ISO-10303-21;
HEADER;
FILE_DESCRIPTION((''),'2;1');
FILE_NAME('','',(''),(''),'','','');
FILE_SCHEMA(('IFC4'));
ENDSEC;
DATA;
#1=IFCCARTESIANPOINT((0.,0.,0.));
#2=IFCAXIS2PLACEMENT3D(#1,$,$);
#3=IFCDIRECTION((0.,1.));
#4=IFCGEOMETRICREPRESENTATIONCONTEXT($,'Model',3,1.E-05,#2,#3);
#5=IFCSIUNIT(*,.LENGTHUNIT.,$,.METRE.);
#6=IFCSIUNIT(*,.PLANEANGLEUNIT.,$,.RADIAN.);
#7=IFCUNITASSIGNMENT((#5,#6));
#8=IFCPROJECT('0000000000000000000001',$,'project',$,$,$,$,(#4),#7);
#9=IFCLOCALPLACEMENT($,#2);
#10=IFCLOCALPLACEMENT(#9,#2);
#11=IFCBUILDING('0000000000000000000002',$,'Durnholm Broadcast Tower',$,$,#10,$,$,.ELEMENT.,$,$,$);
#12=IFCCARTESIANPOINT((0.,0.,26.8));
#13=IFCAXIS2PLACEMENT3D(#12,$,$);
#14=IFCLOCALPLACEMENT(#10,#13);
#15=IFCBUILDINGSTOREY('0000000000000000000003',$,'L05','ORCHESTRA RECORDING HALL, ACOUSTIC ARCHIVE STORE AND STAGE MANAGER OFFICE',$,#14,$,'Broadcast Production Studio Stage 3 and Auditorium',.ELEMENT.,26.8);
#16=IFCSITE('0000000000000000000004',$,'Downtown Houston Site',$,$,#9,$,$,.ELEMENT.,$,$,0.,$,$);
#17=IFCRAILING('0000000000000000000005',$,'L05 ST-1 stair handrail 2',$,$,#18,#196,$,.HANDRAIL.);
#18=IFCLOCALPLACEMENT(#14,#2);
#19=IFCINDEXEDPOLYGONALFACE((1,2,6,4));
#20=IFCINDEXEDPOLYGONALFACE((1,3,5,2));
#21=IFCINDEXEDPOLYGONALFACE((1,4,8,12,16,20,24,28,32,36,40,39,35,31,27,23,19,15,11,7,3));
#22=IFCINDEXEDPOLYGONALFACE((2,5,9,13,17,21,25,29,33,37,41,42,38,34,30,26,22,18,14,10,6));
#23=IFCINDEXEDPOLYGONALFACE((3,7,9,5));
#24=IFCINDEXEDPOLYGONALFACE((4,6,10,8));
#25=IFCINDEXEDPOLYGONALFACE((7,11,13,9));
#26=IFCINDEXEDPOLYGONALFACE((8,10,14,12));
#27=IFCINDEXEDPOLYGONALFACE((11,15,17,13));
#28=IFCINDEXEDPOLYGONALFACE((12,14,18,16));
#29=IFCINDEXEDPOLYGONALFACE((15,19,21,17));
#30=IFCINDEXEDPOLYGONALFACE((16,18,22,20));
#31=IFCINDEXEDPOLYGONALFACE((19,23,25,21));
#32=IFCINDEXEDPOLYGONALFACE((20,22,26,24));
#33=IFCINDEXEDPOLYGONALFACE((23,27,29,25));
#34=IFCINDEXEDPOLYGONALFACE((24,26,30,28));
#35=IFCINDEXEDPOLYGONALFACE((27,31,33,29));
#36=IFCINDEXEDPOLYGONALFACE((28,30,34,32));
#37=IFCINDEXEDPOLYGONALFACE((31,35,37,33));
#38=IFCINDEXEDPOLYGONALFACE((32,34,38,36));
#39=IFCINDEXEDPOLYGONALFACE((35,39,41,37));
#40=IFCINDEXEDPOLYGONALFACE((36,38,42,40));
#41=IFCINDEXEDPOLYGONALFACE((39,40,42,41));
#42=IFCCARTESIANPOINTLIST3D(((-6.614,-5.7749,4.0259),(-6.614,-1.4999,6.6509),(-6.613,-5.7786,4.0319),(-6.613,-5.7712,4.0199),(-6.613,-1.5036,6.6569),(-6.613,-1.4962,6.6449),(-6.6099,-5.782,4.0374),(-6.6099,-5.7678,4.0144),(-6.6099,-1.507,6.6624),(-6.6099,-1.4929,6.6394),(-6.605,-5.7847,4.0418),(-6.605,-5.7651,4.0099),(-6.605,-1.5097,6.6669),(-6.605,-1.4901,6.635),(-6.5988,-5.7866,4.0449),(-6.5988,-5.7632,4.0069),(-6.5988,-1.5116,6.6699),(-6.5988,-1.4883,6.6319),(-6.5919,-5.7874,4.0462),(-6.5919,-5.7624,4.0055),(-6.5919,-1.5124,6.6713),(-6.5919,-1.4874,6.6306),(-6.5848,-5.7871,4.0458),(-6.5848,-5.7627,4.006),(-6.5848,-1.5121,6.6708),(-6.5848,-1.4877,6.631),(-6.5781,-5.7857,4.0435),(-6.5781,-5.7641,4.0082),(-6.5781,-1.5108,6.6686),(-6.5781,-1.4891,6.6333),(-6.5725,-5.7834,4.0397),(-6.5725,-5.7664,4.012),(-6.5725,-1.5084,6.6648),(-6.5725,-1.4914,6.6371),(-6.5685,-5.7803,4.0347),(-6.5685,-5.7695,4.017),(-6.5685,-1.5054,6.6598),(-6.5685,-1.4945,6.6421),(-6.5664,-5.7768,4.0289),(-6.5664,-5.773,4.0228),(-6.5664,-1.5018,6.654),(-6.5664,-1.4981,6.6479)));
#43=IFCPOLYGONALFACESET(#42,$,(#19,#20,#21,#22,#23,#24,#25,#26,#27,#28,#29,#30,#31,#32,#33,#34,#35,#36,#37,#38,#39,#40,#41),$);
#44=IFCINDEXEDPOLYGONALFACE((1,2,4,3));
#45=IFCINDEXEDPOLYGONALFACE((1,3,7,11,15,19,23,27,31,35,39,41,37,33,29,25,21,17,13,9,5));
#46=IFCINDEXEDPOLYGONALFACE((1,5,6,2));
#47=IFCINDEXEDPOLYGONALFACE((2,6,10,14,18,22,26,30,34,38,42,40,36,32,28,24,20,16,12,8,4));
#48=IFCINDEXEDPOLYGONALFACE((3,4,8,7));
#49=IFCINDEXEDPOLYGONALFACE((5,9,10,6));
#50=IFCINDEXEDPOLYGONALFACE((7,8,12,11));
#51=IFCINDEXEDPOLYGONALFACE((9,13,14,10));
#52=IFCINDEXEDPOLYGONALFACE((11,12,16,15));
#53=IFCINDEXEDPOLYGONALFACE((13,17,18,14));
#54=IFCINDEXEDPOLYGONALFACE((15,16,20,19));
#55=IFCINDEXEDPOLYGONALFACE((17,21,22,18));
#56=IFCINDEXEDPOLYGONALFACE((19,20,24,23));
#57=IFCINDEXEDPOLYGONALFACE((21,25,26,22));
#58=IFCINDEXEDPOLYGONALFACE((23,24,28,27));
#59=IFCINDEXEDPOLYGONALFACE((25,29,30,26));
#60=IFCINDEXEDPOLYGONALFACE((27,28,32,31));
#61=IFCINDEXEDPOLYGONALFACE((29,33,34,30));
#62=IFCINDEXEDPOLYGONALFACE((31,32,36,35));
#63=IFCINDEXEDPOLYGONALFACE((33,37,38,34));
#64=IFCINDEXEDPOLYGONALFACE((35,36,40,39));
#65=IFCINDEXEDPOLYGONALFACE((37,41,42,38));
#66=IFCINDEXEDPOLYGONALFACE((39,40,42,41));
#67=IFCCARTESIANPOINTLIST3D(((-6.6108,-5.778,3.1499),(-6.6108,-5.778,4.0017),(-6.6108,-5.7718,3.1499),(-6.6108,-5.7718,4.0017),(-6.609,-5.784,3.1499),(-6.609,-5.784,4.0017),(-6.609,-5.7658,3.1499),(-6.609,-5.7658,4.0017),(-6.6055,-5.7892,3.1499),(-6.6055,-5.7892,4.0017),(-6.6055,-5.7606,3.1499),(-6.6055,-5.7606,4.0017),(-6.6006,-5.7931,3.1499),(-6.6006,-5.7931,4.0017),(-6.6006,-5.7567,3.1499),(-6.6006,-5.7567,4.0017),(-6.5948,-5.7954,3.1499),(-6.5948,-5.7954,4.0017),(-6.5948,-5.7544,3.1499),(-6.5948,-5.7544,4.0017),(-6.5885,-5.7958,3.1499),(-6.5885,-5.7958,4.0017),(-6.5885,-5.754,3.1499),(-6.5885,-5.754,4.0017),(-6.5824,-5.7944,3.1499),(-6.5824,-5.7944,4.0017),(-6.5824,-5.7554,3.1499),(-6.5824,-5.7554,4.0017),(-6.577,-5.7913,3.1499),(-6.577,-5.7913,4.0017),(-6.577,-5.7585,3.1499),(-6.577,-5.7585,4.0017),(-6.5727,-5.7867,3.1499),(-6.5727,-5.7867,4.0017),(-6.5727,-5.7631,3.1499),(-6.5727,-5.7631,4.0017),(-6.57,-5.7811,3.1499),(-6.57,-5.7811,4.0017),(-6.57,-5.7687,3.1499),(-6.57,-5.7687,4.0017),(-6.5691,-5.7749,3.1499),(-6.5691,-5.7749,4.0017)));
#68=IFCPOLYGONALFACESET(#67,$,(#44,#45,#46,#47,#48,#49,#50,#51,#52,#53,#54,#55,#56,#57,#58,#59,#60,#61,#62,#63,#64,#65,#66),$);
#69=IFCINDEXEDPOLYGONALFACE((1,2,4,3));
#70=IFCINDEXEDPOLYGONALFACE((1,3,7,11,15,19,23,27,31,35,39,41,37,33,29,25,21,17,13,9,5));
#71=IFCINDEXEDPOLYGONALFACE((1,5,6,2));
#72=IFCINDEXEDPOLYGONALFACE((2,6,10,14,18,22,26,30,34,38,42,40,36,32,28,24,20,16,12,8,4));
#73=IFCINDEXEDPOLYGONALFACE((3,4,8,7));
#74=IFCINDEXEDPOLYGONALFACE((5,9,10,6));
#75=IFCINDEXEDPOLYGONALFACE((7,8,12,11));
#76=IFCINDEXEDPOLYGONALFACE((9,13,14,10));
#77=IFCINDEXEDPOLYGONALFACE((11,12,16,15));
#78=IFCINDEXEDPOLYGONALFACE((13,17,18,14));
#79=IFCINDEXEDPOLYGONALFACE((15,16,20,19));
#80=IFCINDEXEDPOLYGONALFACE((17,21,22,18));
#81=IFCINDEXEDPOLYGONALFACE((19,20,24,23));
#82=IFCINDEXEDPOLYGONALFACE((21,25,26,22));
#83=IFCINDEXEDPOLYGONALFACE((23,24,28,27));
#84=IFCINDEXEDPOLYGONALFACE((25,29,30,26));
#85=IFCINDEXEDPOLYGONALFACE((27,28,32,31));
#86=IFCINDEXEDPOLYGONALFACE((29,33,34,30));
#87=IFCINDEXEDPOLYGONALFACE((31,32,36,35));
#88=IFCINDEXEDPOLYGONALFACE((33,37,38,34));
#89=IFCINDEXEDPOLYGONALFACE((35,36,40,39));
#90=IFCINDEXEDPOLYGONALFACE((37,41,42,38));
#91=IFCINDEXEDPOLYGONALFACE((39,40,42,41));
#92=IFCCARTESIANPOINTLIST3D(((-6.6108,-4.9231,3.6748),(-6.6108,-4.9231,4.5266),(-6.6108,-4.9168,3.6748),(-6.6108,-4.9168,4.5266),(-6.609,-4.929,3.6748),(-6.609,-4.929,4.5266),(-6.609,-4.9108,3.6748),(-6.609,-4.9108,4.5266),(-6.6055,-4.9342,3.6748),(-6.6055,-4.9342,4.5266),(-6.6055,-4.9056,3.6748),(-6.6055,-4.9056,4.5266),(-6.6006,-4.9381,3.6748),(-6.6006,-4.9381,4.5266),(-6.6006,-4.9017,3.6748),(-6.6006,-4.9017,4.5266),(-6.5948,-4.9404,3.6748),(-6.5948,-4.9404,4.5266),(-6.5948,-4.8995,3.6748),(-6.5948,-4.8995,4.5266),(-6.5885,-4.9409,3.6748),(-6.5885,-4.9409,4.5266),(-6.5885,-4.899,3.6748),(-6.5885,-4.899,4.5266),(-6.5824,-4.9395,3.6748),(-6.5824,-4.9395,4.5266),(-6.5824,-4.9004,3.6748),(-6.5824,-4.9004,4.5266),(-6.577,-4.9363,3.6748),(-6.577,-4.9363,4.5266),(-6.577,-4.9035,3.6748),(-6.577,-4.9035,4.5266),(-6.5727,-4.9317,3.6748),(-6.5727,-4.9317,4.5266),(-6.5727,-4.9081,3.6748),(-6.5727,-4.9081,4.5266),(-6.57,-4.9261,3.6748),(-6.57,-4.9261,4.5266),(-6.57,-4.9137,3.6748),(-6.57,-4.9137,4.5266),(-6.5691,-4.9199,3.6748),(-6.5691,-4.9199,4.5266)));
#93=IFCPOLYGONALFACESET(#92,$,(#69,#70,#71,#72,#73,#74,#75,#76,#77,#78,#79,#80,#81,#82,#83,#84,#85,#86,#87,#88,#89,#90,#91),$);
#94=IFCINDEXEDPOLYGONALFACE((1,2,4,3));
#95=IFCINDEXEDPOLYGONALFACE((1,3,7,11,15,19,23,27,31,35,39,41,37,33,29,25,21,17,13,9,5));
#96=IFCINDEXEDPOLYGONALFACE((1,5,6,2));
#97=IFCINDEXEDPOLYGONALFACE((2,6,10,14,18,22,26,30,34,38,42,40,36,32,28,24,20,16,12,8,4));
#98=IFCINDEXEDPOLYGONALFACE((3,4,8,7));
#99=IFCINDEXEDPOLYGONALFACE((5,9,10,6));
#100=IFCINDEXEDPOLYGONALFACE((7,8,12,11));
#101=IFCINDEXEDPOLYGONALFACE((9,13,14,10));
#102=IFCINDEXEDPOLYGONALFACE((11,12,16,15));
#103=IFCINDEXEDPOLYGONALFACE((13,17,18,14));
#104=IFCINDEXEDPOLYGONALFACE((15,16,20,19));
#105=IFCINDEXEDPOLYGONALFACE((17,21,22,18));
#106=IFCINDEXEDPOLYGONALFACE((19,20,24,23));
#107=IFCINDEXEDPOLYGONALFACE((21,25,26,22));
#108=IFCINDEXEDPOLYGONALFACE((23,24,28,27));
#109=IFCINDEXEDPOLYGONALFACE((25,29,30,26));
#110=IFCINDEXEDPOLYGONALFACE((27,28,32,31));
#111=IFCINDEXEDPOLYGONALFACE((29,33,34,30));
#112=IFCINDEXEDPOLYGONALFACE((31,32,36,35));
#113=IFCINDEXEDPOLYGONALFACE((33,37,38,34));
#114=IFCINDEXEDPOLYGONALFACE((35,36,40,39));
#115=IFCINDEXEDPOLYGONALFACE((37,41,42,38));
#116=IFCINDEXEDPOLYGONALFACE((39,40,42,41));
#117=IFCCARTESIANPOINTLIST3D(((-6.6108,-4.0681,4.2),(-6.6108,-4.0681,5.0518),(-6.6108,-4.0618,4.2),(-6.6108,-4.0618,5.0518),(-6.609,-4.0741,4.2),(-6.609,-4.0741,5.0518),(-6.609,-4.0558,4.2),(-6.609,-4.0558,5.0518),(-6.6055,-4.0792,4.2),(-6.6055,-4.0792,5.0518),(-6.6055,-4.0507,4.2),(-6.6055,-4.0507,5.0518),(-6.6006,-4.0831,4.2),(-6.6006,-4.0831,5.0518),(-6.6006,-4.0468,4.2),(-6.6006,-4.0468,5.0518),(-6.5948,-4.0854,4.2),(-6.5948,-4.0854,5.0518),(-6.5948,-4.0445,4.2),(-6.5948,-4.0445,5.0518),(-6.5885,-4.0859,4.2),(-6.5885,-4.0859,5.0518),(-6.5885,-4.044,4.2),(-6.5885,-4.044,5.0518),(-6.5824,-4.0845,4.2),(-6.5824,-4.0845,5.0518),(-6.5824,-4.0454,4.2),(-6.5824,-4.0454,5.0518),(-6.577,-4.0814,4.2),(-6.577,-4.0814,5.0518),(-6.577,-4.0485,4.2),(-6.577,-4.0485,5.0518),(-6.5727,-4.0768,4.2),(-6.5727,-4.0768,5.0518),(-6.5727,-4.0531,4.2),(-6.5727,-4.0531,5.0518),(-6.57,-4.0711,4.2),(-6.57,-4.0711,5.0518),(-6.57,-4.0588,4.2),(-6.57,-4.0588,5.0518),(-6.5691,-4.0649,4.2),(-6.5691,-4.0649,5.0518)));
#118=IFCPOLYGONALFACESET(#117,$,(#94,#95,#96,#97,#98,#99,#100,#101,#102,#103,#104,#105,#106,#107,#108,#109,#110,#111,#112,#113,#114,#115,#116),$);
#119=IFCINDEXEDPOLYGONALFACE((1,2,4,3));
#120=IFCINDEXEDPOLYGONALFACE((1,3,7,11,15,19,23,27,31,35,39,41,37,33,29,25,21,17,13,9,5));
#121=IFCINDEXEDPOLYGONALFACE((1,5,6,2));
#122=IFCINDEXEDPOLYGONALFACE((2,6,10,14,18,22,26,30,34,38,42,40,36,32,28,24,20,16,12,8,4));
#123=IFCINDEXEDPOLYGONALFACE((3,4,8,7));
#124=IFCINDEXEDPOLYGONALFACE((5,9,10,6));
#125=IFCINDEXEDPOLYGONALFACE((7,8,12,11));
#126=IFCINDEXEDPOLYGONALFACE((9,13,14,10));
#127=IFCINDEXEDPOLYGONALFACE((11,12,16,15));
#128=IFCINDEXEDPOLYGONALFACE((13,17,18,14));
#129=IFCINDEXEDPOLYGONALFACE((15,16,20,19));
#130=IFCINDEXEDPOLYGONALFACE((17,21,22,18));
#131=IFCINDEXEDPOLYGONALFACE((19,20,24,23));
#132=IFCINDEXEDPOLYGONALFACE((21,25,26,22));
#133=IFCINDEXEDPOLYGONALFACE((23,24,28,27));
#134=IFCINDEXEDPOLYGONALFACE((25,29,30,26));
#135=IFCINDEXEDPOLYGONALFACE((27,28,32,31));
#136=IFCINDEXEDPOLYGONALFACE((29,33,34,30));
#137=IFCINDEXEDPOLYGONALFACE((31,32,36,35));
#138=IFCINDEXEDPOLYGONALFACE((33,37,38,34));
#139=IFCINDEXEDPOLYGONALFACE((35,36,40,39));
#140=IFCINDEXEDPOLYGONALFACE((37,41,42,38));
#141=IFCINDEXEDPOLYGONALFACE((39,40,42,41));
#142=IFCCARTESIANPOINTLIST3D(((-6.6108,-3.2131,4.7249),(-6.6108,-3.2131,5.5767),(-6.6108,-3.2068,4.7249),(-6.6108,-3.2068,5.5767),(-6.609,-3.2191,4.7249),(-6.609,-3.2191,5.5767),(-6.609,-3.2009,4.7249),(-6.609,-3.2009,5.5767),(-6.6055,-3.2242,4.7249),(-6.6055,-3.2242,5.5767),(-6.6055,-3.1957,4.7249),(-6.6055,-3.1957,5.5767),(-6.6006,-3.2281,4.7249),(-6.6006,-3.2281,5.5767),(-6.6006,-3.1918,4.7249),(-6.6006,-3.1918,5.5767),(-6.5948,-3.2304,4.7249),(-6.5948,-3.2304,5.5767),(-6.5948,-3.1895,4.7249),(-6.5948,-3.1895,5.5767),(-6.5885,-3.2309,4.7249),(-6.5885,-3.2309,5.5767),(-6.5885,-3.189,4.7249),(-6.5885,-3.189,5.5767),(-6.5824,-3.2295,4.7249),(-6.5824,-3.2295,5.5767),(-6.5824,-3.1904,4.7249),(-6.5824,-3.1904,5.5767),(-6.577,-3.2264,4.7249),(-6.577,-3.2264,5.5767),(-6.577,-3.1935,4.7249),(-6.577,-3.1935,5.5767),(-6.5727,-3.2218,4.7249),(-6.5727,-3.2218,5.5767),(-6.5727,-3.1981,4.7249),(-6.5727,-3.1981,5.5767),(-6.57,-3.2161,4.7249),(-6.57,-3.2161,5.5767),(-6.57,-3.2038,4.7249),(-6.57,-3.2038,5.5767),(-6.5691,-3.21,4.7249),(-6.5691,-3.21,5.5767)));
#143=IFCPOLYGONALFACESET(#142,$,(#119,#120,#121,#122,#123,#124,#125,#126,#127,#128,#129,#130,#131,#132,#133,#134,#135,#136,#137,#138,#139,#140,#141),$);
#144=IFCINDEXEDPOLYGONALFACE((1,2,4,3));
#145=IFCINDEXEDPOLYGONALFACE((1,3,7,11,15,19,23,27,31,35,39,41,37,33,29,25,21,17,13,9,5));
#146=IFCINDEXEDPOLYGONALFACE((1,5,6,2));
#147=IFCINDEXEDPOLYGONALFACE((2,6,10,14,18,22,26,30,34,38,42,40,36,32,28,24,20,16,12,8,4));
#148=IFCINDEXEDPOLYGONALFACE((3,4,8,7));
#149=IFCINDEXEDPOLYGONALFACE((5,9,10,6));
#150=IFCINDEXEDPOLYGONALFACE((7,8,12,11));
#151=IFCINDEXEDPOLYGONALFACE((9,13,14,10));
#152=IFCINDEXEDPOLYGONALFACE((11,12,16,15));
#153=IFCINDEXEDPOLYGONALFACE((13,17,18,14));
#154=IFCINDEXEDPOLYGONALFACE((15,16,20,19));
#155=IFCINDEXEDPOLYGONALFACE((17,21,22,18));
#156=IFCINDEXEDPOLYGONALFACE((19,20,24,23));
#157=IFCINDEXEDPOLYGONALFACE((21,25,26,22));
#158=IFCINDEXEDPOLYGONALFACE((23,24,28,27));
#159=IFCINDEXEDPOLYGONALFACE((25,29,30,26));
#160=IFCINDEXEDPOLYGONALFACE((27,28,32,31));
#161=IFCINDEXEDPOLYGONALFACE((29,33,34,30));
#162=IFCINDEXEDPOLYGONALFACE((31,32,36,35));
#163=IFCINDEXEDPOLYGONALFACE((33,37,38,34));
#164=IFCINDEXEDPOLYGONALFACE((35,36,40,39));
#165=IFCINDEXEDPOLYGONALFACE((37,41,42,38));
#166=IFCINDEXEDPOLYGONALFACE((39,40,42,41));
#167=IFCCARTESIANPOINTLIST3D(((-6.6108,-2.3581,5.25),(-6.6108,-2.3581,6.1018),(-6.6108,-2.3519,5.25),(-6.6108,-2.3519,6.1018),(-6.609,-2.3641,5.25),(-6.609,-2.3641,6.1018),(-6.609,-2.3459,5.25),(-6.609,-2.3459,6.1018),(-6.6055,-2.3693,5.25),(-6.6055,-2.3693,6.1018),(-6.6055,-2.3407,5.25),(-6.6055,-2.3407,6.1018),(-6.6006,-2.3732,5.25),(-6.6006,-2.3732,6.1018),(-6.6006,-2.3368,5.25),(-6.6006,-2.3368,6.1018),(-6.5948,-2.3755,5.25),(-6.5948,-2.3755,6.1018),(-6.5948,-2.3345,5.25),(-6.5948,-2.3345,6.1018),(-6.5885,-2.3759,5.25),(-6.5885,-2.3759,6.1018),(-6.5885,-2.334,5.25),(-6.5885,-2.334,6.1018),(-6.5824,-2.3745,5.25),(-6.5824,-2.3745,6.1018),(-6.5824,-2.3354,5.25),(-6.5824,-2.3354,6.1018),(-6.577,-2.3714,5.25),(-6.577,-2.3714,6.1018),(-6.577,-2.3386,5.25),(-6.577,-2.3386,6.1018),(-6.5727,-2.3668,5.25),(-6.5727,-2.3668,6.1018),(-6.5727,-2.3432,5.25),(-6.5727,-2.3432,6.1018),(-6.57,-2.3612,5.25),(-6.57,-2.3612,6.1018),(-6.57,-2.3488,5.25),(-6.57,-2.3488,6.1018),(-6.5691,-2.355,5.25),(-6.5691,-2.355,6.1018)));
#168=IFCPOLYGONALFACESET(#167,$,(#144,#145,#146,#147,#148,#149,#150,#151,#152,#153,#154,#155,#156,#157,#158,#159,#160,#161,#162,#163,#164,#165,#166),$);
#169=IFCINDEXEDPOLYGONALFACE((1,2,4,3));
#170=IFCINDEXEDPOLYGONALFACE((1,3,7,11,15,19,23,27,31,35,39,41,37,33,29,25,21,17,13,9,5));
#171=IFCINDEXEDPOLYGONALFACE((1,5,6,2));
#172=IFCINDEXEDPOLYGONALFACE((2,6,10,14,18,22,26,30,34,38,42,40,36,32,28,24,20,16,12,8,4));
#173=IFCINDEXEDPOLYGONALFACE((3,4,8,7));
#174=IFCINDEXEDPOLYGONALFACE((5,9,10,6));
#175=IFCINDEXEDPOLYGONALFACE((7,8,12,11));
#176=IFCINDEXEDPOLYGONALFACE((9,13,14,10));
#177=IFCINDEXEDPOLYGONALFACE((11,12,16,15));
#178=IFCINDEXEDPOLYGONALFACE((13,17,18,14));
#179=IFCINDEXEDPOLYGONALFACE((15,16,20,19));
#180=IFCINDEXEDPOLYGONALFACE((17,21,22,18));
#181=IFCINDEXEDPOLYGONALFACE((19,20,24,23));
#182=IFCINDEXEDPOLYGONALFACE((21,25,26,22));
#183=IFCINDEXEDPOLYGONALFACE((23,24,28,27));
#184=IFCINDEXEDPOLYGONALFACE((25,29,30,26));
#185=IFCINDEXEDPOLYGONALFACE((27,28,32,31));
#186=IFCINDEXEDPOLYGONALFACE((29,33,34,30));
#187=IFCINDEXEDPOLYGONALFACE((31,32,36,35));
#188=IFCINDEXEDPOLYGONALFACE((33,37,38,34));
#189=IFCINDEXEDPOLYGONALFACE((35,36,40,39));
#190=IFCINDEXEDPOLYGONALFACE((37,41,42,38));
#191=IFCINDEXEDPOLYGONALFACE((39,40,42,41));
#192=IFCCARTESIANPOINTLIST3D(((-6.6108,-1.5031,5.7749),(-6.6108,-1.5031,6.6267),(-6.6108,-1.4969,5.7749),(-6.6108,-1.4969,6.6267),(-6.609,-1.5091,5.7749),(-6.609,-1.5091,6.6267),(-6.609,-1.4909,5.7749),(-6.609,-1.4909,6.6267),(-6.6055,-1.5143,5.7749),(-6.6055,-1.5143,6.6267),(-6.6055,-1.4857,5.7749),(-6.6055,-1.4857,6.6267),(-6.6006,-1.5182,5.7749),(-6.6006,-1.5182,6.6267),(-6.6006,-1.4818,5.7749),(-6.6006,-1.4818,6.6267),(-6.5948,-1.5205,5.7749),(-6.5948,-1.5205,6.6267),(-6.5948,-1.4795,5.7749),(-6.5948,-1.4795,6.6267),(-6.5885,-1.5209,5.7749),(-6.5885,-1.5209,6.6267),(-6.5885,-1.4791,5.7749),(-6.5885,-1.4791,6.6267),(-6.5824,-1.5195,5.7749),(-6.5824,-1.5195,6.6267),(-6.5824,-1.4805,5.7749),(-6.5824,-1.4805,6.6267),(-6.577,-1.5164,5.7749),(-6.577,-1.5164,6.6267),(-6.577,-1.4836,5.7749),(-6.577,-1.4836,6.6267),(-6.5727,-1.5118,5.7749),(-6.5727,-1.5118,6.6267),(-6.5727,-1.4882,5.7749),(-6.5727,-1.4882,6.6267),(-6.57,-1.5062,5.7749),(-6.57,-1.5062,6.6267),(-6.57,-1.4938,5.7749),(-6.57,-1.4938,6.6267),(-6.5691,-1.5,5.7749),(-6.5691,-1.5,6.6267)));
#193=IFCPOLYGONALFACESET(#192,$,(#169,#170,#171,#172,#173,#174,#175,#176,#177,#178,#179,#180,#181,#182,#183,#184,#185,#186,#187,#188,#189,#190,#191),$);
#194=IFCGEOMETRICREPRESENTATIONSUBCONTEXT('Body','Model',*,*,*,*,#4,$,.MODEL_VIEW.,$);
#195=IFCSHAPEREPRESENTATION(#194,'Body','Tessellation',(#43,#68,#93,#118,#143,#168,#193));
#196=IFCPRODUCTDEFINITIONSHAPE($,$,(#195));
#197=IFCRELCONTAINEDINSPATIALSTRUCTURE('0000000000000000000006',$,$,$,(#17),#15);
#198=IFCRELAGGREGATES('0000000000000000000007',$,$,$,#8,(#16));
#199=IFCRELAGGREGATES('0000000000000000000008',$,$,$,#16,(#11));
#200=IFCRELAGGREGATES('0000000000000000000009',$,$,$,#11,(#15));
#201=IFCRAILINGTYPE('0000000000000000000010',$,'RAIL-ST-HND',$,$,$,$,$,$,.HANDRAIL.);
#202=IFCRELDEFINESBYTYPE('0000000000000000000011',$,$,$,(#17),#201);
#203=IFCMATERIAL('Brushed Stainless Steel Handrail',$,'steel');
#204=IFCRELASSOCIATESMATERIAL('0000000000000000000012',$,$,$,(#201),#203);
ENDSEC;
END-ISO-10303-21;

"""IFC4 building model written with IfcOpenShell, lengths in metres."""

from ifc_helpers import new_model, si_unit, direction, frame, origin, origin_2d, place, context, subcontext, project, spatial, circle, extrude, material, type_object, element, save


model = new_model("IFC4")

# Units and contexts
model_context = context("Model", 3, precision=1e-05, world=origin(), true_north=direction((0.0, 1.0)))
body_context = subcontext(model_context, "Body", "Model", "MODEL_VIEW")
ifc_project = project(units=[si_unit("LENGTHUNIT", "METRE"), si_unit("PLANEANGLEUNIT", "RADIAN")], contexts=[model_context])

# Site, building, storey
site_placement = place(None, origin())
site = spatial("IfcSite", under=ifc_project, at=site_placement, Name="Downtown Houston Site", CompositionType="ELEMENT", RefElevation=0.0)
building_placement = place(site_placement, origin())
building = spatial("IfcBuilding", under=site, at=building_placement, Name="Durnholm Broadcast Tower", CompositionType="ELEMENT")
storey_placement = place(building_placement, frame((0.0, 0.0, 26.8)))
storey = spatial("IfcBuildingStorey", under=building, at=storey_placement, Name="L05", Description="ORCHESTRA RECORDING HALL, ACOUSTIC ARCHIVE STORE AND STAGE MANAGER OFFICE", LongName="Broadcast Production Studio Stage 3 and Auditorium", CompositionType="ELEMENT", Elevation=26.8)

# Railing
ifc_material_1 = material(Name="Brushed Stainless Steel Handrail", Category="steel")
railing_type_1 = type_object("IfcRailingType", Name="RAIL-ST-HND", PredefinedType="HANDRAIL", material=ifc_material_1)
railing_1_placement = place(storey_placement, frame((-6.5901, -5.7749, 3.1499)))
element("IfcRailing", 1, at=railing_1_placement, inside=storey, type_object=railing_type_1, Name="L05 ST-1 stair handrail 2", PredefinedType="HANDRAIL", context=body_context, shape_type="SweptSolid", body=[
    extrude(circle(Radius=0.0239, at=origin_2d()), frame((0.0, 0.0, 0.876), z_axis=(0.0, 0.852166, 0.523272), x_axis=(-1.0, 0.0, 0.0)), (0.0, 0.0, 1.0), 5.0166),
    extrude(circle(Radius=0.021, at=origin_2d()), origin(), (0.0, 0.0, 1.0), 0.8518),
    extrude(circle(Radius=0.021, at=origin_2d()), frame((0.0, 0.855, 0.5249)), (0.0, 0.0, 1.0), 0.8518),
    extrude(circle(Radius=0.021, at=origin_2d()), frame((0.0, 1.71, 1.05)), (0.0, 0.0, 1.0), 0.8518),
    extrude(circle(Radius=0.021, at=origin_2d()), frame((0.0, 2.5649, 1.575)), (0.0, 0.0, 1.0), 0.8518),
    extrude(circle(Radius=0.021, at=origin_2d()), frame((0.0, 3.4199, 2.1001)), (0.0, 0.0, 1.0), 0.8518),
    extrude(circle(Radius=0.021, at=origin_2d()), frame((0.0, 4.2749, 2.625)), (0.0, 0.0, 1.0), 0.8518),
])

save(model, "model.ifc")
